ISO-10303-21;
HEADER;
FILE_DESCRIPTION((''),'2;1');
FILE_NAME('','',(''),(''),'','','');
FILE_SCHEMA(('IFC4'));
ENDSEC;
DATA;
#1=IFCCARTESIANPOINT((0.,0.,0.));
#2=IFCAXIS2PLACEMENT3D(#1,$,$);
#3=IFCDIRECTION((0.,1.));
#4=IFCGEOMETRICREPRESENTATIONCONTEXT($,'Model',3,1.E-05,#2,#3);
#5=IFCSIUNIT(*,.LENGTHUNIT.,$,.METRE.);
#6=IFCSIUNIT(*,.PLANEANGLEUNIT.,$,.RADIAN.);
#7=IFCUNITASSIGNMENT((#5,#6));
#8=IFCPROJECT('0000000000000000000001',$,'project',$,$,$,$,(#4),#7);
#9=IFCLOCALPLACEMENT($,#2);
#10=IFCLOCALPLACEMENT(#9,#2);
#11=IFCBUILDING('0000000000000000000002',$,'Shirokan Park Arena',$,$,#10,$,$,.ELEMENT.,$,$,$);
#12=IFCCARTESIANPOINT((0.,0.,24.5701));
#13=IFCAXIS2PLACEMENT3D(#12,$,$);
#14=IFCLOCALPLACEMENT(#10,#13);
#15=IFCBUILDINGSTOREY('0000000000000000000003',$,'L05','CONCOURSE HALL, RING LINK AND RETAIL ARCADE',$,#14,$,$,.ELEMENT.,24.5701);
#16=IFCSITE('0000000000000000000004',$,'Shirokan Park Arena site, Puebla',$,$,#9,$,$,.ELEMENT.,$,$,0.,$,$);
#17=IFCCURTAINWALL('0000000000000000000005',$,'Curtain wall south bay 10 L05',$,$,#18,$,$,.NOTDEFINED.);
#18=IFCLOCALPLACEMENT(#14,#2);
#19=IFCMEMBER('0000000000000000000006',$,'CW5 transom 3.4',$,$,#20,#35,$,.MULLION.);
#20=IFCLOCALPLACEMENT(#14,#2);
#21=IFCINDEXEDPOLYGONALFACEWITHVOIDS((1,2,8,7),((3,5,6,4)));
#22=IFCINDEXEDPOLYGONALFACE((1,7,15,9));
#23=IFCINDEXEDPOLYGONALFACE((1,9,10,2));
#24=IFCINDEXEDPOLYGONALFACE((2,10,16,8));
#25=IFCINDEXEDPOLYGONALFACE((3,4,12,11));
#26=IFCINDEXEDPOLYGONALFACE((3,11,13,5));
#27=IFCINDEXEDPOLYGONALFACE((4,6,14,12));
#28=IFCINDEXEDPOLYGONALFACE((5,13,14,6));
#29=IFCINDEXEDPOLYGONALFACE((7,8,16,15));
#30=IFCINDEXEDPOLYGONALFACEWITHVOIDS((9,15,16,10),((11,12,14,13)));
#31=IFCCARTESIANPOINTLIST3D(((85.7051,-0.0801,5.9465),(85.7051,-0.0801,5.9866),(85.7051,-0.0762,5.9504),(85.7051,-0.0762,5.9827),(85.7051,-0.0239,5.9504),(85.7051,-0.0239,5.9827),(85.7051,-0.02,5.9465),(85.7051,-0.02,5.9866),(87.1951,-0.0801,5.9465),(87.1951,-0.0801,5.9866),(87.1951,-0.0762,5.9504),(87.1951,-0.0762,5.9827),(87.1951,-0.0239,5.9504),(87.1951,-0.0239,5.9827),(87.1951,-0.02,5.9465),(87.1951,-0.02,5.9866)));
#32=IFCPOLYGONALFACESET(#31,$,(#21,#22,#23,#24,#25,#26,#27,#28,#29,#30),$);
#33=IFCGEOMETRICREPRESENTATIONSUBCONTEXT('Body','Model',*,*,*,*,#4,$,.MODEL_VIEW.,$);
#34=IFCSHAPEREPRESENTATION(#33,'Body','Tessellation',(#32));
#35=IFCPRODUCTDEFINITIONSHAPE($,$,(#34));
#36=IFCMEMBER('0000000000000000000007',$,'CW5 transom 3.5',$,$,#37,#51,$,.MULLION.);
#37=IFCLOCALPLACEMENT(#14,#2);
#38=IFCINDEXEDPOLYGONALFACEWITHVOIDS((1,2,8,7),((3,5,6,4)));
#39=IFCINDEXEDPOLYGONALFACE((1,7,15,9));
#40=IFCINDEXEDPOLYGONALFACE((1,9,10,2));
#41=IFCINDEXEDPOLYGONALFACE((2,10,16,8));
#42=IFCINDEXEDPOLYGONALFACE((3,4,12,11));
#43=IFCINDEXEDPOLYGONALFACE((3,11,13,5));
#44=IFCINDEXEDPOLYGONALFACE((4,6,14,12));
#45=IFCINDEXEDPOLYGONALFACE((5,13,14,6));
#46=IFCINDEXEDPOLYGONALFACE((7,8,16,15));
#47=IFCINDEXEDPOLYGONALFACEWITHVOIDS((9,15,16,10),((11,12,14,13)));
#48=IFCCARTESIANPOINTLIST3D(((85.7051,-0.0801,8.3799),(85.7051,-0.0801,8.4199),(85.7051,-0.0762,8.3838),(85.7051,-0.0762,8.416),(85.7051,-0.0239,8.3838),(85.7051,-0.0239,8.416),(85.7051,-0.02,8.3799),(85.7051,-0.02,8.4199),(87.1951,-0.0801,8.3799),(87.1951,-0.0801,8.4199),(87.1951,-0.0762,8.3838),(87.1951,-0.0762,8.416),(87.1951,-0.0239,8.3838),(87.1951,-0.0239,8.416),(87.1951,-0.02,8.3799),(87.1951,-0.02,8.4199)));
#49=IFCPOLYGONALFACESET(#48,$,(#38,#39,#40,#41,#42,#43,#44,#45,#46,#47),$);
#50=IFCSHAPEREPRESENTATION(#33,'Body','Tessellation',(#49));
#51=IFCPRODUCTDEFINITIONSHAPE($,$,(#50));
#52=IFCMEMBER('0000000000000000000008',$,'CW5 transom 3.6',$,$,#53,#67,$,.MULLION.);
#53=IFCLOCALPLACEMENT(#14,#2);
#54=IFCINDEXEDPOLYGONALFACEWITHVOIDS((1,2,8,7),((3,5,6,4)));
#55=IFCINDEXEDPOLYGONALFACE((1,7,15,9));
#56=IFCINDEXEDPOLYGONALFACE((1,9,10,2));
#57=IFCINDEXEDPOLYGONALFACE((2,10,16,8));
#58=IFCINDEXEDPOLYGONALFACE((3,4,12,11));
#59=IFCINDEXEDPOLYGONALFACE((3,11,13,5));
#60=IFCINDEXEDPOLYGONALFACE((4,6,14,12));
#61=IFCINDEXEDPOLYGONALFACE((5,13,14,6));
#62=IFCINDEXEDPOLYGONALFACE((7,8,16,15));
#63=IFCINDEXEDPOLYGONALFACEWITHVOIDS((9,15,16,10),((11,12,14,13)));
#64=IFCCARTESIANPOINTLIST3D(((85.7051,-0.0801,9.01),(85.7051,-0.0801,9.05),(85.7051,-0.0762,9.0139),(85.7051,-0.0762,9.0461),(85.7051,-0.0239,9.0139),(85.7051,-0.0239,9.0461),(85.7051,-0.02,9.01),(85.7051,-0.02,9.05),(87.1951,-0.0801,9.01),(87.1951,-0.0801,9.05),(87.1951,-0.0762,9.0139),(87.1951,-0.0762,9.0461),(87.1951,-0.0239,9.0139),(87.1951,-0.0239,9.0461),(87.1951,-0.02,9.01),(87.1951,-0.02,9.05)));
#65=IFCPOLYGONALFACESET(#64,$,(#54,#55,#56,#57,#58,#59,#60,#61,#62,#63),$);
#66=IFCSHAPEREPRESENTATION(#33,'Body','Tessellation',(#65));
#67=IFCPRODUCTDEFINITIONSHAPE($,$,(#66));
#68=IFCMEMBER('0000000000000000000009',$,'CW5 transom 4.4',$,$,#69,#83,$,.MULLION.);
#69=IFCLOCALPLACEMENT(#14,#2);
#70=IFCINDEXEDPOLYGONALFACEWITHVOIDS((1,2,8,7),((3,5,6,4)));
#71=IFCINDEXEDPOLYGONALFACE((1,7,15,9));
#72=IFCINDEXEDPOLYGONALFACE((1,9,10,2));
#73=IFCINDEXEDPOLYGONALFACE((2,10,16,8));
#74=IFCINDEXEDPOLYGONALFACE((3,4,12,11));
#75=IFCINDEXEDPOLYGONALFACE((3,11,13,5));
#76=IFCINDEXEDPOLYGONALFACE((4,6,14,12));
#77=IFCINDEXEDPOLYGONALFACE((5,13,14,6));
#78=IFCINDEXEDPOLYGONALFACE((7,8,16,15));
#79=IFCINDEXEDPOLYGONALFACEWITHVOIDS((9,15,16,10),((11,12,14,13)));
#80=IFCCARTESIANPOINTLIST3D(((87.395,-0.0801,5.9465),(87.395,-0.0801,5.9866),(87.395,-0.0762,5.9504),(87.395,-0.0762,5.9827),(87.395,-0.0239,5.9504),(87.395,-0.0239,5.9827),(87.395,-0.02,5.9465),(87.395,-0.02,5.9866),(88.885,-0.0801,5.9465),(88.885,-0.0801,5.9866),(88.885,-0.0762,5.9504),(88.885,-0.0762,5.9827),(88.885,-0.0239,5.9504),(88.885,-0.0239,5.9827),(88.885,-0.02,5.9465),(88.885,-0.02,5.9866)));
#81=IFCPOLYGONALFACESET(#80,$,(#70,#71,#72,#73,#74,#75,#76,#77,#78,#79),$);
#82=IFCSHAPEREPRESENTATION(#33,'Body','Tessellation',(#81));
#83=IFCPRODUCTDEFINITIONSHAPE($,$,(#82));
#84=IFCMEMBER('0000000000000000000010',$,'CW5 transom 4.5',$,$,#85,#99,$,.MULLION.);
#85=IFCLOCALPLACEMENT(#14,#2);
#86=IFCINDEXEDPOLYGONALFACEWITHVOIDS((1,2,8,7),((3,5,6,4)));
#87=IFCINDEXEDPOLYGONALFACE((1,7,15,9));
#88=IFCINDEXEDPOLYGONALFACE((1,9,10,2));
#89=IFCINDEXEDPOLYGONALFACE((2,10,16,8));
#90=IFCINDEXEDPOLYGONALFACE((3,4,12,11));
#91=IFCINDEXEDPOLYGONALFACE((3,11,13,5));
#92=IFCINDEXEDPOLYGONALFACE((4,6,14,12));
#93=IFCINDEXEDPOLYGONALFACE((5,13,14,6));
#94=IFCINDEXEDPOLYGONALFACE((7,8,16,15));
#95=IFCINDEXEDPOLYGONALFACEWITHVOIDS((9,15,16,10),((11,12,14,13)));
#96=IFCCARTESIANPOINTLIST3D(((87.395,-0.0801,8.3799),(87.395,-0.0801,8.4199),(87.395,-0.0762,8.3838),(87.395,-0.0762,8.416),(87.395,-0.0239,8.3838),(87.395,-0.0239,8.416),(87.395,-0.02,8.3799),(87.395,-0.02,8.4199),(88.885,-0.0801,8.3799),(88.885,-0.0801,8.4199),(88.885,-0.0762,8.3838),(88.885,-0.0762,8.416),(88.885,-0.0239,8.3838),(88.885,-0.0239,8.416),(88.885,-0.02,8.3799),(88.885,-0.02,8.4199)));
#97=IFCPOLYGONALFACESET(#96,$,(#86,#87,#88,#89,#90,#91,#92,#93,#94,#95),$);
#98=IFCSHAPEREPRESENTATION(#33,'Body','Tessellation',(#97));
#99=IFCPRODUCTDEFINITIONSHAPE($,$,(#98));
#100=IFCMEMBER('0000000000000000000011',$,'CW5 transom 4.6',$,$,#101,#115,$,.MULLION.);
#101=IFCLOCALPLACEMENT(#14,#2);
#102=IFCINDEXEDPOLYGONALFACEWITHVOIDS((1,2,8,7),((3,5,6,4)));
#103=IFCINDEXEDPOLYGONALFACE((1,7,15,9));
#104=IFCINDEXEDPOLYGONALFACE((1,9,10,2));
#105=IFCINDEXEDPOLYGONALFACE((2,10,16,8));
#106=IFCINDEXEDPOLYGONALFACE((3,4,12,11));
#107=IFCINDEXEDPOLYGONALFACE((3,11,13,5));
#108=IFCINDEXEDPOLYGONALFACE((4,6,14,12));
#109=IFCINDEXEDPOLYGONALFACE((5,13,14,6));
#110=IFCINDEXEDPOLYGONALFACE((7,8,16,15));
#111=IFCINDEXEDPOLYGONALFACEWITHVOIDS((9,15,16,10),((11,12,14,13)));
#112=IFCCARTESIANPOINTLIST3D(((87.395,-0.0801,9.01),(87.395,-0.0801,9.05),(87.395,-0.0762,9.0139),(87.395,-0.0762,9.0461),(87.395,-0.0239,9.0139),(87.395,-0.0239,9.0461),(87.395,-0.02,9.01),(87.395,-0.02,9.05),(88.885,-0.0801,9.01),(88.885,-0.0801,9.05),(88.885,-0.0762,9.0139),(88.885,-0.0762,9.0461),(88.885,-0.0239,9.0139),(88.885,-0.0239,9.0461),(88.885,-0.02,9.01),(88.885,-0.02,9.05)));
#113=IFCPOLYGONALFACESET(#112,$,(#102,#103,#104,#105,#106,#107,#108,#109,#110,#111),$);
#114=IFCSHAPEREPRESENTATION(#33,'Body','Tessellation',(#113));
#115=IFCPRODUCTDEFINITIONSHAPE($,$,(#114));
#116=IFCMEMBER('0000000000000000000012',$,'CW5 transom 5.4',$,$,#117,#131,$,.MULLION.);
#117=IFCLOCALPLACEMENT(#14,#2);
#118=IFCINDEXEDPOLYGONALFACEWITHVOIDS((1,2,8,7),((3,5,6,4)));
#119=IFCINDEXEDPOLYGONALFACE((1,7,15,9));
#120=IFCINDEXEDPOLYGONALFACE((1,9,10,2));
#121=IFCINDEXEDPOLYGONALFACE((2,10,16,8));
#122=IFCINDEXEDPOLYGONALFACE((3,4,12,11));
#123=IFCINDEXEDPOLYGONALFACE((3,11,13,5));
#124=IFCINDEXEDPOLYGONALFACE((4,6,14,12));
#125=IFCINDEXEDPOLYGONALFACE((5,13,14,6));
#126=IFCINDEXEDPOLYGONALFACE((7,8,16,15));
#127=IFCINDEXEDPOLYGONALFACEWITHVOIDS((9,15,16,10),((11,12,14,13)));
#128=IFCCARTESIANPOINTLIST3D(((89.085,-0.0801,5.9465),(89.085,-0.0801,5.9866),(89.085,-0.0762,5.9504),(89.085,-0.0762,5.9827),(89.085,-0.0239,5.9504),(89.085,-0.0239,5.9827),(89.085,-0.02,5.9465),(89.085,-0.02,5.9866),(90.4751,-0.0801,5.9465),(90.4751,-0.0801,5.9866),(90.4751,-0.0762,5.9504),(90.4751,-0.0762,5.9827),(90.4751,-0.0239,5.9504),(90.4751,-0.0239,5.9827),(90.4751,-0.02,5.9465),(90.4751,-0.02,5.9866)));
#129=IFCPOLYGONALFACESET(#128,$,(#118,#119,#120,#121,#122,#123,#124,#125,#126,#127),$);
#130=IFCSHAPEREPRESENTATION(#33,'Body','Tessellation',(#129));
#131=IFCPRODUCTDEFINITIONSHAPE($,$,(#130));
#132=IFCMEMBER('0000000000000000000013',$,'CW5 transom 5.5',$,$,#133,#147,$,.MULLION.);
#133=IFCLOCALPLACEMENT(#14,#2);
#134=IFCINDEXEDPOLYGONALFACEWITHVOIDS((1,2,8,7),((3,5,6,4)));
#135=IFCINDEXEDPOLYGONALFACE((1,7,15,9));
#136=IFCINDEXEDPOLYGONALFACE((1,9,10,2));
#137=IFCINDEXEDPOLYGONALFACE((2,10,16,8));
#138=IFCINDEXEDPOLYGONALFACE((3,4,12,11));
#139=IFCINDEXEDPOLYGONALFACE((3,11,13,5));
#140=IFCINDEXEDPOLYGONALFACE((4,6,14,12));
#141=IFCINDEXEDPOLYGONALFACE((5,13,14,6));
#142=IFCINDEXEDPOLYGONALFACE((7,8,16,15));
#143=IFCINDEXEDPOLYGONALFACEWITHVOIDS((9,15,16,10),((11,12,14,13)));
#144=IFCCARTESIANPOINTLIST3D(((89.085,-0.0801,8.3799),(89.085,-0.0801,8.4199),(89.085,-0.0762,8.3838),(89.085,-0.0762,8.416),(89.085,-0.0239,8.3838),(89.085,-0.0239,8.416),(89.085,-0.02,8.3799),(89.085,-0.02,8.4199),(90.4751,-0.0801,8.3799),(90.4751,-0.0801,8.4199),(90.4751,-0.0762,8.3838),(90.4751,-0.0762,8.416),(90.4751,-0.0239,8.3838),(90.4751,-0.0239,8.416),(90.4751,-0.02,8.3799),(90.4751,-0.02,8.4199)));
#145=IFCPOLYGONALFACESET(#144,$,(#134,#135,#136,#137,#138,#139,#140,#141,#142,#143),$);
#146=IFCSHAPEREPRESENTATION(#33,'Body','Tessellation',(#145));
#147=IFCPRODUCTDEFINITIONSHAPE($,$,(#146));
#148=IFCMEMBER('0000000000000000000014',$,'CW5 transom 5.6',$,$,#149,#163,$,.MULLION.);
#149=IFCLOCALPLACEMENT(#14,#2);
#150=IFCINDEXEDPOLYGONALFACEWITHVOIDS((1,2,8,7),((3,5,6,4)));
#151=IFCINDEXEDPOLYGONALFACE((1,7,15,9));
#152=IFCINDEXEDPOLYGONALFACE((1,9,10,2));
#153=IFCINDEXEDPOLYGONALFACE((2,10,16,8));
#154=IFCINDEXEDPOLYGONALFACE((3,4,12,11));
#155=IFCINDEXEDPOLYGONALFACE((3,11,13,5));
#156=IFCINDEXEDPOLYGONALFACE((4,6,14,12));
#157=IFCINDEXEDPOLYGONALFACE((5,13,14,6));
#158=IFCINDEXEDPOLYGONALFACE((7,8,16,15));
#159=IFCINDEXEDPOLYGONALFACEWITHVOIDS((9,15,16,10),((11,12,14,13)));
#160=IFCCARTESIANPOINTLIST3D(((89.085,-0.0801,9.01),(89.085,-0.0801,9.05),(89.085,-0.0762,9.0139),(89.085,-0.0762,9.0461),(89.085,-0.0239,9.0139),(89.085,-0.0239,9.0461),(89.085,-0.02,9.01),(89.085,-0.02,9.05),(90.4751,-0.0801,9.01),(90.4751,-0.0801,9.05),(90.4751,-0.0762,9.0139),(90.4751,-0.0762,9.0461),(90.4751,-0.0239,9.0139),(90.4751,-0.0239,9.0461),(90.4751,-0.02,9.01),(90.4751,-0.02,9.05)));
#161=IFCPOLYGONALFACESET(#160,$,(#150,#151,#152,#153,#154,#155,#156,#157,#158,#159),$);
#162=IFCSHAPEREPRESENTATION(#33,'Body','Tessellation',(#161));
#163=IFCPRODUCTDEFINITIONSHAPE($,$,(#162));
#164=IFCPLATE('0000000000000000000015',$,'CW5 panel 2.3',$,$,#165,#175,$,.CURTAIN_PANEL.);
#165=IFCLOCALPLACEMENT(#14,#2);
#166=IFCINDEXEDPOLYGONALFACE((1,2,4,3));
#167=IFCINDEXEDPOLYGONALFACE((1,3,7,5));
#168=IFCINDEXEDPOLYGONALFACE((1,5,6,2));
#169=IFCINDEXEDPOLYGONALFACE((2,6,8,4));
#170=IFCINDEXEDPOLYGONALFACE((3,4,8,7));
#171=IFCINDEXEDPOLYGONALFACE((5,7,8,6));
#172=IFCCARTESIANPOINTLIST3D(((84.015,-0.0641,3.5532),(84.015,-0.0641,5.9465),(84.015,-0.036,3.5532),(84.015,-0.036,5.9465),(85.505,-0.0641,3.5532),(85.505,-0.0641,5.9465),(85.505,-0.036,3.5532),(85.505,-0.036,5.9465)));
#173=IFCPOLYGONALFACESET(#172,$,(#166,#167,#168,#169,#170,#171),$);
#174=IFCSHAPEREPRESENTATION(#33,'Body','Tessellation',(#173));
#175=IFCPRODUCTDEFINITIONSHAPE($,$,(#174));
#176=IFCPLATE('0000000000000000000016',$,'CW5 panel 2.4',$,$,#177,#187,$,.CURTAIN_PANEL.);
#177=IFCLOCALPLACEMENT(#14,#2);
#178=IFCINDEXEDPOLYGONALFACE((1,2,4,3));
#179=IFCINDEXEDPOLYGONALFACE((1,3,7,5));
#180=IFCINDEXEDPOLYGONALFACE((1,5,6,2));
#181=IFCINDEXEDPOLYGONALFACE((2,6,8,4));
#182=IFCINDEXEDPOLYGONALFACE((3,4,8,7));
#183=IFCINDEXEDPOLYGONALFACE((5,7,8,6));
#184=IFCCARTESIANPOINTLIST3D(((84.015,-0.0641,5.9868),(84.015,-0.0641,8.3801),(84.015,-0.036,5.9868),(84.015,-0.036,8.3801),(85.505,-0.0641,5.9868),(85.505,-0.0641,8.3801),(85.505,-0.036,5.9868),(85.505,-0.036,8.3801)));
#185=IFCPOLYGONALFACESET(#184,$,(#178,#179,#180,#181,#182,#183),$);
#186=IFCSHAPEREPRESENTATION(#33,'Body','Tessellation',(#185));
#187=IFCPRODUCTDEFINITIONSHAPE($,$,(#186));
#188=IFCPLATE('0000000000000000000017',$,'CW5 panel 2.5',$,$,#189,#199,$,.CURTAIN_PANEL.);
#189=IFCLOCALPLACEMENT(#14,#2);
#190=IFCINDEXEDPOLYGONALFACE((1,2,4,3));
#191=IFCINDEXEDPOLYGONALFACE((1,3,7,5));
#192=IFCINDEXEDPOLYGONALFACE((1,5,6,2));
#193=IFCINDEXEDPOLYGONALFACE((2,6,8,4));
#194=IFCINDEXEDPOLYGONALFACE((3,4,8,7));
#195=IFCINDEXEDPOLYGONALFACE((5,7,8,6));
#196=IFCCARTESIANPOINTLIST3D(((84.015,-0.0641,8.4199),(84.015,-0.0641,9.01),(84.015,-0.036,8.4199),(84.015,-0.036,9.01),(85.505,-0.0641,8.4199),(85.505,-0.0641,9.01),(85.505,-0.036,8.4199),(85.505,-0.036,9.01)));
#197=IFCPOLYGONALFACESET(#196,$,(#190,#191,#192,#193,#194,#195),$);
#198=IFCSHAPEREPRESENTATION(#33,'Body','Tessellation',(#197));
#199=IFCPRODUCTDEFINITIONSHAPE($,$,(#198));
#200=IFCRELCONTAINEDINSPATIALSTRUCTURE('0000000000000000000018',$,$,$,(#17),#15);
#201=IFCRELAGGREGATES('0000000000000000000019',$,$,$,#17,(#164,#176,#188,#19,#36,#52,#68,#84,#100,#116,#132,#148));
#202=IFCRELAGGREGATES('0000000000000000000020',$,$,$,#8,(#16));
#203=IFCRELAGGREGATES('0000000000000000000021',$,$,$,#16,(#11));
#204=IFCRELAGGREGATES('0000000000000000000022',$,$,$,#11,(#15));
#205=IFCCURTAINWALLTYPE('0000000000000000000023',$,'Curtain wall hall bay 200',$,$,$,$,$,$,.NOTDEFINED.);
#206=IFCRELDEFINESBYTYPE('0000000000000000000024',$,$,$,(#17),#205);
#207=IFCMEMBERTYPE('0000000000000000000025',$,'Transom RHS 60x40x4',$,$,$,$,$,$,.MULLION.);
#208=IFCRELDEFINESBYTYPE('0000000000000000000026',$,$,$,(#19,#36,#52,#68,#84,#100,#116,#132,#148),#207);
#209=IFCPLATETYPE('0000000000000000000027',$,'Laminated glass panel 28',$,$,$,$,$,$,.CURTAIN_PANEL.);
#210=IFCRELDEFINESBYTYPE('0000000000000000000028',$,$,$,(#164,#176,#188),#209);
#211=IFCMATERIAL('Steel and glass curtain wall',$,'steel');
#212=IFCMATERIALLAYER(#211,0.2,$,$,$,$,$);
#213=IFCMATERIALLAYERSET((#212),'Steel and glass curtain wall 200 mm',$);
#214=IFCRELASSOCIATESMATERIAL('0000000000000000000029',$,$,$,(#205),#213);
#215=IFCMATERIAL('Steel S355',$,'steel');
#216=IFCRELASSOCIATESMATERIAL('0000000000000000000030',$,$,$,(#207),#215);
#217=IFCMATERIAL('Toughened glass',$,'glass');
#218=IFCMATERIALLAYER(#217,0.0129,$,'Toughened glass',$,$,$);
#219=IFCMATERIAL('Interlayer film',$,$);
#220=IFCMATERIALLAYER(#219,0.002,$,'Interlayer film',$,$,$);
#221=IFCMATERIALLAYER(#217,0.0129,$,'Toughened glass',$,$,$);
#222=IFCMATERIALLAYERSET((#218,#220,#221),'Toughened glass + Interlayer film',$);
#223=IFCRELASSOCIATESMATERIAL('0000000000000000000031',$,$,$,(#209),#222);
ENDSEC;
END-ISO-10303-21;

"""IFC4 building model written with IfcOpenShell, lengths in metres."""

from ifc_helpers import new_model, si_unit, direction, frame, origin, origin_2d, place, context, subcontext, project, spatial, rectangle, hollow_rectangle, extrude, material, layer, layer_set, material_profile, profile_set, type_object, element, aggregate, save


model = new_model("IFC4")

# Units and contexts
model_context = context("Model", 3, precision=1e-05, world=origin(), true_north=direction((0.0, 1.0)))
body_context = subcontext(model_context, "Body", "Model", "MODEL_VIEW")
ifc_project = project(units=[si_unit("LENGTHUNIT", "METRE"), si_unit("PLANEANGLEUNIT", "RADIAN")], contexts=[model_context])

# Site, building, storey
site_placement = place(None, origin())
site = spatial("IfcSite", under=ifc_project, at=site_placement, Name="Shirokan Park Arena site, Puebla", CompositionType="ELEMENT", RefElevation=0.0)
building_placement = place(site_placement, origin())
building = spatial("IfcBuilding", under=site, at=building_placement, Name="Shirokan Park Arena", CompositionType="ELEMENT")
storey_placement = place(building_placement, frame((0.0, 0.0, 24.5701)))
storey = spatial("IfcBuildingStorey", under=building, at=storey_placement, Name="L05", Description="CONCOURSE HALL, RING LINK AND RETAIL ARCADE", CompositionType="ELEMENT", Elevation=24.5701)

# Curtain wall, members, plates
ifc_material_1 = material(Name="Steel and glass curtain wall", Category="steel")
ifc_layer_1 = layer(ifc_material_1, 0.2)
ifc_layer_set_1 = layer_set([ifc_layer_1], Name="Steel and glass curtain wall 200 mm")
curtain_wall_type = type_object("IfcCurtainWallType", Name="Curtain wall hall bay 200", PredefinedType="NOTDEFINED", material=ifc_layer_set_1)
curtain_wall_placement = place(storey_placement, origin())
curtain_wall = element("IfcCurtainWall", 1, at=curtain_wall_placement, inside=storey, type_object=curtain_wall_type, Name="Curtain wall south bay 10 L05", PredefinedType="NOTDEFINED")
ifc_material_2 = material(Name="Steel S355", Category="steel")
ifc_material_profile = material_profile(ifc_material_2, hollow_rectangle(XDim=0.0601, YDim=0.04, WallThickness=0.0039, at=origin_2d()), Name="RHS 60x40x4")
ifc_profile_set = profile_set([ifc_material_profile], Name="Steel S355")
member_type = type_object("IfcMemberType", Name="Transom RHS 60x40x4", PredefinedType="MULLION", material=ifc_profile_set)
member_1_placement = place(storey_placement, frame((85.7051, -0.05, 5.9666), z_axis=(1.0, 0.0, 0.0), x_axis=(0.0, 1.0, 0.0)))
member_1 = element("IfcMember", 2, at=member_1_placement, type_object=member_type, Name="CW5 transom 3.4", PredefinedType="MULLION", context=body_context, shape_type="SweptSolid", body=[
    extrude(hollow_rectangle(XDim=0.0601, YDim=0.04, WallThickness=0.0039, at=origin_2d()), origin(), (0.0, 0.0, 1.0), 1.49),
])
member_2_placement = place(storey_placement, frame((85.7051, -0.05, 8.3999), z_axis=(1.0, 0.0, 0.0), x_axis=(0.0, 1.0, 0.0)))
member_2 = element("IfcMember", 3, at=member_2_placement, type_object=member_type, Name="CW5 transom 3.5", PredefinedType="MULLION", context=body_context, shape_type="SweptSolid", body=[
    extrude(hollow_rectangle(XDim=0.0601, YDim=0.04, WallThickness=0.0039, at=origin_2d()), origin(), (0.0, 0.0, 1.0), 1.49),
])
member_3_placement = place(storey_placement, frame((85.7051, -0.05, 9.03), z_axis=(1.0, 0.0, 0.0), x_axis=(0.0, 1.0, 0.0)))
member_3 = element("IfcMember", 4, at=member_3_placement, type_object=member_type, Name="CW5 transom 3.6", PredefinedType="MULLION", context=body_context, shape_type="SweptSolid", body=[
    extrude(hollow_rectangle(XDim=0.0601, YDim=0.04, WallThickness=0.0039, at=origin_2d()), origin(), (0.0, 0.0, 1.0), 1.49),
])
member_4_placement = place(storey_placement, frame((87.395, -0.05, 5.9666), z_axis=(1.0, 0.0, 0.0), x_axis=(0.0, 1.0, 0.0)))
member_4 = element("IfcMember", 5, at=member_4_placement, type_object=member_type, Name="CW5 transom 4.4", PredefinedType="MULLION", context=body_context, shape_type="SweptSolid", body=[
    extrude(hollow_rectangle(XDim=0.0601, YDim=0.04, WallThickness=0.0039, at=origin_2d()), origin(), (0.0, 0.0, 1.0), 1.49),
])
member_5_placement = place(storey_placement, frame((87.395, -0.05, 8.3999), z_axis=(1.0, 0.0, 0.0), x_axis=(0.0, 1.0, 0.0)))
member_5 = element("IfcMember", 6, at=member_5_placement, type_object=member_type, Name="CW5 transom 4.5", PredefinedType="MULLION", context=body_context, shape_type="SweptSolid", body=[
    extrude(hollow_rectangle(XDim=0.0601, YDim=0.04, WallThickness=0.0039, at=origin_2d()), origin(), (0.0, 0.0, 1.0), 1.49),
])
member_6_placement = place(storey_placement, frame((87.395, -0.05, 9.03), z_axis=(1.0, 0.0, 0.0), x_axis=(0.0, 1.0, 0.0)))
member_6 = element("IfcMember", 7, at=member_6_placement, type_object=member_type, Name="CW5 transom 4.6", PredefinedType="MULLION", context=body_context, shape_type="SweptSolid", body=[
    extrude(hollow_rectangle(XDim=0.0601, YDim=0.04, WallThickness=0.0039, at=origin_2d()), origin(), (0.0, 0.0, 1.0), 1.49),
])
member_7_placement = place(storey_placement, frame((89.085, -0.05, 5.9666), z_axis=(1.0, 0.0, 0.0), x_axis=(0.0, 1.0, 0.0)))
member_7 = element("IfcMember", 8, at=member_7_placement, type_object=member_type, Name="CW5 transom 5.4", PredefinedType="MULLION", context=body_context, shape_type="SweptSolid", body=[
    extrude(hollow_rectangle(XDim=0.0601, YDim=0.04, WallThickness=0.0039, at=origin_2d()), origin(), (0.0, 0.0, 1.0), 1.3901),
])
member_8_placement = place(storey_placement, frame((89.085, -0.05, 8.3999), z_axis=(1.0, 0.0, 0.0), x_axis=(0.0, 1.0, 0.0)))
member_8 = element("IfcMember", 9, at=member_8_placement, type_object=member_type, Name="CW5 transom 5.5", PredefinedType="MULLION", context=body_context, shape_type="SweptSolid", body=[
    extrude(hollow_rectangle(XDim=0.0601, YDim=0.04, WallThickness=0.0039, at=origin_2d()), origin(), (0.0, 0.0, 1.0), 1.3901),
])
member_9_placement = place(storey_placement, frame((89.085, -0.05, 9.03), z_axis=(1.0, 0.0, 0.0), x_axis=(0.0, 1.0, 0.0)))
member_9 = element("IfcMember", 10, at=member_9_placement, type_object=member_type, Name="CW5 transom 5.6", PredefinedType="MULLION", context=body_context, shape_type="SweptSolid", body=[
    extrude(hollow_rectangle(XDim=0.0601, YDim=0.04, WallThickness=0.0039, at=origin_2d()), origin(), (0.0, 0.0, 1.0), 1.3901),
])
ifc_material_3 = material(Name="Toughened glass", Category="glass")
ifc_layer_2 = layer(ifc_material_3, 0.0129, Name="Toughened glass")
ifc_material_4 = material(Name="Interlayer film")
ifc_layer_3 = layer(ifc_material_4, 0.002, Name="Interlayer film")
ifc_layer_4 = layer(ifc_material_3, 0.0129, Name="Toughened glass")
ifc_layer_set_2 = layer_set([ifc_layer_2, ifc_layer_3, ifc_layer_4], Name="Toughened glass + Interlayer film")
plate_type = type_object("IfcPlateType", Name="Laminated glass panel 28", PredefinedType="CURTAIN_PANEL", material=ifc_layer_set_2)
plate_1_placement = place(storey_placement, frame((84.76, -0.05, 3.5532), z_axis=(0.0, 0.0, 1.0), x_axis=(1.0, 0.0, 0.0)))
plate_1 = element("IfcPlate", 11, at=plate_1_placement, type_object=plate_type, Name="CW5 panel 2.3", PredefinedType="CURTAIN_PANEL", context=body_context, shape_type="SweptSolid", body=[
    extrude(rectangle(XDim=1.49, YDim=0.0281, at=origin_2d()), origin(), (0.0, 0.0, 1.0), 2.3933),
])
plate_2_placement = place(storey_placement, frame((84.76, -0.05, 5.9868), z_axis=(0.0, 0.0, 1.0), x_axis=(1.0, 0.0, 0.0)))
plate_2 = element("IfcPlate", 12, at=plate_2_placement, type_object=plate_type, Name="CW5 panel 2.4", PredefinedType="CURTAIN_PANEL", context=body_context, shape_type="SweptSolid", body=[
    extrude(rectangle(XDim=1.49, YDim=0.0281, at=origin_2d()), origin(), (0.0, 0.0, 1.0), 2.3933),
])
plate_3_placement = place(storey_placement, frame((84.76, -0.05, 8.4199), z_axis=(0.0, 0.0, 1.0), x_axis=(1.0, 0.0, 0.0)))
plate_3 = element("IfcPlate", 13, at=plate_3_placement, type_object=plate_type, Name="CW5 panel 2.5", PredefinedType="CURTAIN_PANEL", context=body_context, shape_type="SweptSolid", body=[
    extrude(rectangle(XDim=1.49, YDim=0.0281, at=origin_2d()), origin(), (0.0, 0.0, 1.0), 0.5901),
])
aggregate(curtain_wall, [plate_1, plate_2, plate_3, member_1, member_2, member_3, member_4, member_5, member_6, member_7, member_8, member_9])

save(model, "model.ifc")
